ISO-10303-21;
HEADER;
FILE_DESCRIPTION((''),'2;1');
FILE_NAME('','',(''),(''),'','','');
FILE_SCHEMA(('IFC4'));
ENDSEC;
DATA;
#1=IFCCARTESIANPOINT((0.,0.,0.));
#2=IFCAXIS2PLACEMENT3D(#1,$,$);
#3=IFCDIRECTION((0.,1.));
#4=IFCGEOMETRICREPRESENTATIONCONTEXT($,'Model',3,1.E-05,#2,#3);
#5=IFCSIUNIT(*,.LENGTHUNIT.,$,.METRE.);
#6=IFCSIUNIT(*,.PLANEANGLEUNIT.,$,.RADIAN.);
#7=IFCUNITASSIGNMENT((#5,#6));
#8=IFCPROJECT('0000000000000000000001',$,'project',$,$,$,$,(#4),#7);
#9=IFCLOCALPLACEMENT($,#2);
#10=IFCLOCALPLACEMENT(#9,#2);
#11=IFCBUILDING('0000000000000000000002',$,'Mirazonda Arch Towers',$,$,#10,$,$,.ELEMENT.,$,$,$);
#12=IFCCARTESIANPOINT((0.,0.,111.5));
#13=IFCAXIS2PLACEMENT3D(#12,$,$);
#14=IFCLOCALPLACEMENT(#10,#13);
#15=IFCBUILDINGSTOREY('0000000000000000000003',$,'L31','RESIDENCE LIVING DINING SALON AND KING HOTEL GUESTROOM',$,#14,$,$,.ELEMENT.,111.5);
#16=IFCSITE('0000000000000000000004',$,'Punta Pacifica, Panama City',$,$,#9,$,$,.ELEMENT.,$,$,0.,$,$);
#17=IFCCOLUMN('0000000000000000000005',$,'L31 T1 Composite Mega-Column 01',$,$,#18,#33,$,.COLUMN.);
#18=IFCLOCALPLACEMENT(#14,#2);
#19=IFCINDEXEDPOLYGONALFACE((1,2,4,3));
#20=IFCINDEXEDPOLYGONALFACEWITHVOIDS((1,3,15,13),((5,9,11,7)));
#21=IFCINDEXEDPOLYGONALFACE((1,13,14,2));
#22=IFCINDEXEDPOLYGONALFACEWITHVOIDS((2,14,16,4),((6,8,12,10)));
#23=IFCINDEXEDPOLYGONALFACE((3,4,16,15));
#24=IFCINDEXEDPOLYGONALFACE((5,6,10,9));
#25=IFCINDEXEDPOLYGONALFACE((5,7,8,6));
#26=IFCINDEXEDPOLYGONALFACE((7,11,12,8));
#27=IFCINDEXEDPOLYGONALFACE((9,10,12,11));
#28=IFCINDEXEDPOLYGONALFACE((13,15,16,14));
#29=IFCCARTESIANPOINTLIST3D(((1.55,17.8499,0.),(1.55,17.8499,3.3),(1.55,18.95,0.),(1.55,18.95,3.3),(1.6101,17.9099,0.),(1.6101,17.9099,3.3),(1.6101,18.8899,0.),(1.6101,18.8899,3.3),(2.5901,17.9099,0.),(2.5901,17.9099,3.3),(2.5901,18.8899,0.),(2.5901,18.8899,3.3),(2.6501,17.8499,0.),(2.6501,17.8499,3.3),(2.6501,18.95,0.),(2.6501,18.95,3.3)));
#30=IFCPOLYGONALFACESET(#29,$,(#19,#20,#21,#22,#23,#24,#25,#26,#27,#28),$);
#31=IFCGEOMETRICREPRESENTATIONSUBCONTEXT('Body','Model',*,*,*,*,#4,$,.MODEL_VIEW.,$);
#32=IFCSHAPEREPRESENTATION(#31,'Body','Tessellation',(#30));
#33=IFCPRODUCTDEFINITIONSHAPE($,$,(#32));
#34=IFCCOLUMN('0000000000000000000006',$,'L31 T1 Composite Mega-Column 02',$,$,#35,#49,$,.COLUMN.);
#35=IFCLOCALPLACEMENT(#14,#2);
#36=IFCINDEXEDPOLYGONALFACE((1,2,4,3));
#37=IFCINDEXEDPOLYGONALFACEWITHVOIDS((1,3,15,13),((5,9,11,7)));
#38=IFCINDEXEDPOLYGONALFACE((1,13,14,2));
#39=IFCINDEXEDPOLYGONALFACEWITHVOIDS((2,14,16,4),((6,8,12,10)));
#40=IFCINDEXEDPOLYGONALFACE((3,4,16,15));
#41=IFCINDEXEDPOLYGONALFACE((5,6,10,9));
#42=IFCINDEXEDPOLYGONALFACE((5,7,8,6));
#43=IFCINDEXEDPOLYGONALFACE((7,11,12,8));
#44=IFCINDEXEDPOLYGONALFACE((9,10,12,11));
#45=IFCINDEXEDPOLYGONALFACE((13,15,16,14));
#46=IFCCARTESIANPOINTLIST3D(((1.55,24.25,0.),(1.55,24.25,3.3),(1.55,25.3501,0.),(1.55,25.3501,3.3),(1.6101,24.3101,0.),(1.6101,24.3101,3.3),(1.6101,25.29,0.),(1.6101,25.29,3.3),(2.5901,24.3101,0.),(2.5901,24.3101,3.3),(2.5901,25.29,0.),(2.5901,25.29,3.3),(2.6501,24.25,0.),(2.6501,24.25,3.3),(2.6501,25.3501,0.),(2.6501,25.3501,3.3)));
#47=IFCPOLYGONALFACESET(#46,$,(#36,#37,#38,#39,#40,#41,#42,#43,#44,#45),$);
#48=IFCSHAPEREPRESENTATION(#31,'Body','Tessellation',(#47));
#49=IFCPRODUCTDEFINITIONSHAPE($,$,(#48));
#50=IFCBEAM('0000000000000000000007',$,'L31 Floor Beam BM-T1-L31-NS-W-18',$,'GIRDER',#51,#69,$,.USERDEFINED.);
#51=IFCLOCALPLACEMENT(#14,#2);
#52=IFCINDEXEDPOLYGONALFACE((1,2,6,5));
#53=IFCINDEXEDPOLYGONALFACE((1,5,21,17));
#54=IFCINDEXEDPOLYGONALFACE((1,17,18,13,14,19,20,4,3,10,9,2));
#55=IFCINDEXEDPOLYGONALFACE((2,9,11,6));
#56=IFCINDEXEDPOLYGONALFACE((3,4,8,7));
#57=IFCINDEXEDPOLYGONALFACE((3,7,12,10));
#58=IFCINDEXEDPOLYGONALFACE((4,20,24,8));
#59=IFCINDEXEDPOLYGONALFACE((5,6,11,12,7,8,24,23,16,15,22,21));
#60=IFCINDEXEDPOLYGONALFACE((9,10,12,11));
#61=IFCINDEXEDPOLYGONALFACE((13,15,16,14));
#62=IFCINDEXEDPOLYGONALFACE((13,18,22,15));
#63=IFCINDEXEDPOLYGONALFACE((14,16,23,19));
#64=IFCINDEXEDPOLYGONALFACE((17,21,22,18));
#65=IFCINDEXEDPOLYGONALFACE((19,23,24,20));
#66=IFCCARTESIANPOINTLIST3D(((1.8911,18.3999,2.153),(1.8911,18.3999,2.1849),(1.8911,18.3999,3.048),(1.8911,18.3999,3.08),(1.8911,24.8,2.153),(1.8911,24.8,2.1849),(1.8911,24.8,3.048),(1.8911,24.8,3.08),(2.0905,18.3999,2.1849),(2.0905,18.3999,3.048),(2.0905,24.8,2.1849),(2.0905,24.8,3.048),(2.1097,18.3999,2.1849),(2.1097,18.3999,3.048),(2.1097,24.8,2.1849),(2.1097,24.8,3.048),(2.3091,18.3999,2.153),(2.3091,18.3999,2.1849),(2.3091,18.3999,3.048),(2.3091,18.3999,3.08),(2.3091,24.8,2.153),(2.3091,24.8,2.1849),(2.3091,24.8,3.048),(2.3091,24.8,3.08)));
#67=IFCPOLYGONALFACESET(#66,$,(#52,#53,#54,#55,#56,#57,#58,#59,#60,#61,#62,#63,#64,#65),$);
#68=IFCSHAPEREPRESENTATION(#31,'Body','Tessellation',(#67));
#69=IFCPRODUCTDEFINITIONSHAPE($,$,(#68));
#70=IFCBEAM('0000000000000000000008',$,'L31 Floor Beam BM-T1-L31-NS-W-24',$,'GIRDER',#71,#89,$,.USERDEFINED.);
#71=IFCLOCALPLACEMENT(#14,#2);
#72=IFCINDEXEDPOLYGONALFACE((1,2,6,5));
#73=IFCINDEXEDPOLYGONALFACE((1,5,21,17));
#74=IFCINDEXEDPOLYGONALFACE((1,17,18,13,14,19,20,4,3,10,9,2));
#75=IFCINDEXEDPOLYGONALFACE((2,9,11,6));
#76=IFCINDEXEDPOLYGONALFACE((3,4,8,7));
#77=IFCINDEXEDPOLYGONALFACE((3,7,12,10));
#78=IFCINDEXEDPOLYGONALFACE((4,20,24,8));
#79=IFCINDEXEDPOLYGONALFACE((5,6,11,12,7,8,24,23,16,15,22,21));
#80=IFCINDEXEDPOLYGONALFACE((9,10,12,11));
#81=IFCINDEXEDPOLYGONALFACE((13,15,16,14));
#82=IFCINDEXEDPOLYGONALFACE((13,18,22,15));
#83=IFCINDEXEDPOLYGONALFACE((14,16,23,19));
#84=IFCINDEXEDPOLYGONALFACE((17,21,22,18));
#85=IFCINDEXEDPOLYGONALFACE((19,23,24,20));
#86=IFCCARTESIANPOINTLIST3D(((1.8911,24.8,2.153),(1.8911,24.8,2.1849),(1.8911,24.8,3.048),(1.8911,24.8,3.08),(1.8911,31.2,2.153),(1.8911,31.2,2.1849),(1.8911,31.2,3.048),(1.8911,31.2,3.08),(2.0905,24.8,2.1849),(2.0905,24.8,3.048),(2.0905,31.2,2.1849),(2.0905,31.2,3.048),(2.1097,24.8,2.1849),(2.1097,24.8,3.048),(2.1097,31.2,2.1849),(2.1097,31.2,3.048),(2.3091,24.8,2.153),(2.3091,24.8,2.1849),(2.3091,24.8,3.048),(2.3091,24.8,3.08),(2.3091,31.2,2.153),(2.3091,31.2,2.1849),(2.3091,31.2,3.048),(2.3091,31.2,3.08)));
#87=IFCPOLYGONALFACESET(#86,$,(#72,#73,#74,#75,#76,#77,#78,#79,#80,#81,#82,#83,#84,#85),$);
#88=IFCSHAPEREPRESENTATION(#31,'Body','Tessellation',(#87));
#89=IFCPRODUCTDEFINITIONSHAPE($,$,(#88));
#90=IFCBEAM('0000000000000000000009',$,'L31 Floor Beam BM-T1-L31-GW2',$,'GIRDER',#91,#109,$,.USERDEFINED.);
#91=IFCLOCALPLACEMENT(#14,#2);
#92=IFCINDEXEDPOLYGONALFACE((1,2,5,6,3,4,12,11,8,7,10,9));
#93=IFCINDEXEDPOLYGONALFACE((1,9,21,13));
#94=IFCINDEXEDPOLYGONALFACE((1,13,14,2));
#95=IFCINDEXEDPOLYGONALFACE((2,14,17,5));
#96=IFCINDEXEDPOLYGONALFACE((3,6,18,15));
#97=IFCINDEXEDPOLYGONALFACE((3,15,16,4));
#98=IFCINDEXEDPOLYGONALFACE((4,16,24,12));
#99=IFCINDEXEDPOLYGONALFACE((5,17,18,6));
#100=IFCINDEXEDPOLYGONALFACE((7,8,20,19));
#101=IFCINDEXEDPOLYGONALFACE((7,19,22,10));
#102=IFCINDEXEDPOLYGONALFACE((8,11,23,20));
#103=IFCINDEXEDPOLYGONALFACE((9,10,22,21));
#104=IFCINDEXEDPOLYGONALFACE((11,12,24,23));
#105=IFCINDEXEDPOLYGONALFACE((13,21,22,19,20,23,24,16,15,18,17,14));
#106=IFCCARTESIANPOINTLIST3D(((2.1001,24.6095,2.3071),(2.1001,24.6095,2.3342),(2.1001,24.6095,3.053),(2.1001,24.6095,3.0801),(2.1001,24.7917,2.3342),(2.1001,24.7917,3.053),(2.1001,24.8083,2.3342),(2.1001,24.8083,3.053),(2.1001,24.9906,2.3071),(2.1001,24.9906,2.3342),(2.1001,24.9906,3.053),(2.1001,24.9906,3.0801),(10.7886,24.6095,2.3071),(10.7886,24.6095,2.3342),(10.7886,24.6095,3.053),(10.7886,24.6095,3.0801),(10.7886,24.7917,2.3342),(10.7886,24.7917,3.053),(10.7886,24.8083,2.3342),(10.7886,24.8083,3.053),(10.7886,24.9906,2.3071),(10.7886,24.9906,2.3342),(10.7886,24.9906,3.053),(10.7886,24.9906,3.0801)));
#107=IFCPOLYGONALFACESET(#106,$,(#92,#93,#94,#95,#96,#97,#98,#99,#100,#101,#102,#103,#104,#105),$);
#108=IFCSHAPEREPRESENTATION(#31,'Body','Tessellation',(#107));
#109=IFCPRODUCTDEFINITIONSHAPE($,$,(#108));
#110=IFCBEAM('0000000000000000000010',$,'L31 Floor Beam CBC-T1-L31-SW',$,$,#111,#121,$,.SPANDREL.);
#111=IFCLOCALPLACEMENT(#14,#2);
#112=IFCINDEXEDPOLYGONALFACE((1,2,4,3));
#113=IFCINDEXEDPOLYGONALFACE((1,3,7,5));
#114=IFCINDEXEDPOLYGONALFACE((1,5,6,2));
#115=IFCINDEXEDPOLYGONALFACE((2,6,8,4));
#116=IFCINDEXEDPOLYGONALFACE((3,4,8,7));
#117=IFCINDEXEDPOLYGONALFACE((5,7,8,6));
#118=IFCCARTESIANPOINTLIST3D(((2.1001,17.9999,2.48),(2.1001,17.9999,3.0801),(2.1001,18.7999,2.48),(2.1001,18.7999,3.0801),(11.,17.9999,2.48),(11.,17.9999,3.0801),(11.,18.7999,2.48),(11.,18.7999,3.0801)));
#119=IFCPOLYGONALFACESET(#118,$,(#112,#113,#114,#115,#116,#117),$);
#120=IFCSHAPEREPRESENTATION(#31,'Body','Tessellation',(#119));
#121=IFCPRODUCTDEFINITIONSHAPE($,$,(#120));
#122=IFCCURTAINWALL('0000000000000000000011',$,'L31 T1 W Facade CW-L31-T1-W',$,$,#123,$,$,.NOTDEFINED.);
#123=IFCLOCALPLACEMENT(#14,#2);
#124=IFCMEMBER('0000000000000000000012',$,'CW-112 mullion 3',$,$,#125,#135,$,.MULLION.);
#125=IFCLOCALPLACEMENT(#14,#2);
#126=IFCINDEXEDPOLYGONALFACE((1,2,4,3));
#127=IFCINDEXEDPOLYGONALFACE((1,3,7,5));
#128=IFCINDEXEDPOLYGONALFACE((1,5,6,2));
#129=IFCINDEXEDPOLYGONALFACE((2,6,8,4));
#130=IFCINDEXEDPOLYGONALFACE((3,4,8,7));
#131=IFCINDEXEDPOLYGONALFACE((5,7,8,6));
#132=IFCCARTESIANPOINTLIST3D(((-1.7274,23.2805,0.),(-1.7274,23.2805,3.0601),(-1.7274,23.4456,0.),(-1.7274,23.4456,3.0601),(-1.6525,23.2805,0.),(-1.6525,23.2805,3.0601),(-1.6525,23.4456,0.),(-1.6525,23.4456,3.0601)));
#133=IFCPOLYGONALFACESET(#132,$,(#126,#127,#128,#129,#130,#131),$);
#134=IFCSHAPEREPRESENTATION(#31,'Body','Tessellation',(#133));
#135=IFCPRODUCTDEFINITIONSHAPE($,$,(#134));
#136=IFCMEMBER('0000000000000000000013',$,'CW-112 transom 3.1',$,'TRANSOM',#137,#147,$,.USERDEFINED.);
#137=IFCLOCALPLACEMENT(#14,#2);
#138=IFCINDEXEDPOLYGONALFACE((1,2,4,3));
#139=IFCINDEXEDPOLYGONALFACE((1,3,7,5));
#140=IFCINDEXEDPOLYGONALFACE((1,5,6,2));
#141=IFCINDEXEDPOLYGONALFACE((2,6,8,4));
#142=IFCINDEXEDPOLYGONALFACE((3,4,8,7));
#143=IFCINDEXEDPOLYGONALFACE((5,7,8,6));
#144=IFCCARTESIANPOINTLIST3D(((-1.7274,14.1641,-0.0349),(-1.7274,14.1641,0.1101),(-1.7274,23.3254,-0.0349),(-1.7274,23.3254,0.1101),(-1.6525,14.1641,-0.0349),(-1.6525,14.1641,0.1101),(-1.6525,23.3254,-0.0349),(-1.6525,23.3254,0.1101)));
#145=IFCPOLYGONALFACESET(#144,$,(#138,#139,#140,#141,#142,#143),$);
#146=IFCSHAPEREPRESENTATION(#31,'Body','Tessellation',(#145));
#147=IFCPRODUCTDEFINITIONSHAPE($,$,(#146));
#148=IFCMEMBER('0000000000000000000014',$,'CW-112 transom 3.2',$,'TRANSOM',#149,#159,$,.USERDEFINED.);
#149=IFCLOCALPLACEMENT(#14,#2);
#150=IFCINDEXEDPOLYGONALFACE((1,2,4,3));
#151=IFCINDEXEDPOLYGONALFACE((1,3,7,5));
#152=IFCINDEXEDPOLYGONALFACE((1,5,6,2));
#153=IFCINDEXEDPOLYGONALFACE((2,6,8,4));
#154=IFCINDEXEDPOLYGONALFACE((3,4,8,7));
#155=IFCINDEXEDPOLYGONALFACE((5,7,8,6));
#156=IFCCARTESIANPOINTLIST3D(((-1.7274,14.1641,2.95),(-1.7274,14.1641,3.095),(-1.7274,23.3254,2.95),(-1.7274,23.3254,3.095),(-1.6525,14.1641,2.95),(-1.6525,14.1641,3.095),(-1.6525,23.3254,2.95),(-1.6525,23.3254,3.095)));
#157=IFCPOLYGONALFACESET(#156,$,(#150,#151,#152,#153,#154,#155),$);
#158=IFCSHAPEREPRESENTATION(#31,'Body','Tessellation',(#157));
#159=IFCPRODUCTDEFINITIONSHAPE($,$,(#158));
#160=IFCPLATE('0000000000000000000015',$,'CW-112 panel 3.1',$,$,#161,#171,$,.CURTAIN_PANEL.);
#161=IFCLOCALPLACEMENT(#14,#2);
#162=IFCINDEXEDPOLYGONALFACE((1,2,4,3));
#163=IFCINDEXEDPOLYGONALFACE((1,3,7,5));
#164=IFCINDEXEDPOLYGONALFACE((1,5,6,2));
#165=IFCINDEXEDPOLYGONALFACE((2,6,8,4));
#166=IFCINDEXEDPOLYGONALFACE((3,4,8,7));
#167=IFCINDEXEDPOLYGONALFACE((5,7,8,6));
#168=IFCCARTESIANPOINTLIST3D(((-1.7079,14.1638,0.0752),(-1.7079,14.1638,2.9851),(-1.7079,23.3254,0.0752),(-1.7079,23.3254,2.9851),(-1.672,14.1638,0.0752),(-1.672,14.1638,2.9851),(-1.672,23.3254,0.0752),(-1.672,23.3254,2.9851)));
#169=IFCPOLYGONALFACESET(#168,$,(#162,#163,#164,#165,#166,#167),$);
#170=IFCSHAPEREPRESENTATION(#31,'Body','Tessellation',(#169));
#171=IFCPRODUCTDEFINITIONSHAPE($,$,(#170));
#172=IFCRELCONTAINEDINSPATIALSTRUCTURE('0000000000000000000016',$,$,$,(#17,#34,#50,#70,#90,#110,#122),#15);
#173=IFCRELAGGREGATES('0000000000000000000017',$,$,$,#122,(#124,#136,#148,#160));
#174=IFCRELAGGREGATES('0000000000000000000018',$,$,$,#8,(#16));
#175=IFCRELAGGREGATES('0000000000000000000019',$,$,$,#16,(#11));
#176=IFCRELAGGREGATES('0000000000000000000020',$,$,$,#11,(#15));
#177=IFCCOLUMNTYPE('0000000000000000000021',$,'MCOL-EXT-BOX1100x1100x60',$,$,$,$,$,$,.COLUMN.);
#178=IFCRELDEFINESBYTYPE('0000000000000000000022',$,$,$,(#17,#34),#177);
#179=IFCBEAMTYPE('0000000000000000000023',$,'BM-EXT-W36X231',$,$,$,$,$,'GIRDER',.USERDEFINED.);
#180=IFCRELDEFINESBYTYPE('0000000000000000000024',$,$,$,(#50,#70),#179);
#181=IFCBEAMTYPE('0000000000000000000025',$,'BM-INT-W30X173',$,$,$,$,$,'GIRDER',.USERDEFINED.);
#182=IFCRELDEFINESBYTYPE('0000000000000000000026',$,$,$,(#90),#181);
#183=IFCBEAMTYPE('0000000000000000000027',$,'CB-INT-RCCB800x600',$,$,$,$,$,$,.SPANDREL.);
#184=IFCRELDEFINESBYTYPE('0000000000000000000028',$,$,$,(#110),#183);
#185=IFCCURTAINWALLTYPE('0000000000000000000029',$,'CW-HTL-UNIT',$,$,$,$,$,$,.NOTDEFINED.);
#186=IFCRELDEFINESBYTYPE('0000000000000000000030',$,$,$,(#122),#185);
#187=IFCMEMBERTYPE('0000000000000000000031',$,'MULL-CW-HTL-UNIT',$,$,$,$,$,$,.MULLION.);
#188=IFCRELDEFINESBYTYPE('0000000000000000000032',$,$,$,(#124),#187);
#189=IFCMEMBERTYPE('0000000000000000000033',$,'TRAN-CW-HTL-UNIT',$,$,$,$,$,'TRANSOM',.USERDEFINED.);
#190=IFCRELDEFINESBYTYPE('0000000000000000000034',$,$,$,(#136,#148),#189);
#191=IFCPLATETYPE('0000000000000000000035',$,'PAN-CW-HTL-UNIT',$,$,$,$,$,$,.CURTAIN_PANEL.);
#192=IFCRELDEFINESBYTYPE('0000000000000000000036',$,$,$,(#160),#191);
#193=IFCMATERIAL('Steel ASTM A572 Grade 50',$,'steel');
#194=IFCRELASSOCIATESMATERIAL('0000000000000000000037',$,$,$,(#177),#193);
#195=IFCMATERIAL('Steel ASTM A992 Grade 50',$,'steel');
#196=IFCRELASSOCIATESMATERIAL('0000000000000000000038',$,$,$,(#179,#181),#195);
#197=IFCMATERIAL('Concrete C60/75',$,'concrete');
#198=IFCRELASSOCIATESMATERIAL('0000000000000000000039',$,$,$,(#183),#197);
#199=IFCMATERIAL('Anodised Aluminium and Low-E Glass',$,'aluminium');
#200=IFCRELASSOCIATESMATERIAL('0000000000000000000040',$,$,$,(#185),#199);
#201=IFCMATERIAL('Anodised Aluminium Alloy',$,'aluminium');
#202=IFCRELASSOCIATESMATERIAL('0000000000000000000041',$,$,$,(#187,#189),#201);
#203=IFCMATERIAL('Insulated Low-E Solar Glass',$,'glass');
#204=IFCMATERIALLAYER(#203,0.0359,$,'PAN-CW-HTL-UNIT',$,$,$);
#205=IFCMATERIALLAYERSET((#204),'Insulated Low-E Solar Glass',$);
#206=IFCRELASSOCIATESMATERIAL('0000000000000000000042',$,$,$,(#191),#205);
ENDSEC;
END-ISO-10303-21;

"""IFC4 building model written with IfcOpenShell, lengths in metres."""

from ifc_helpers import new_model, si_unit, direction, frame, origin, origin_2d, place, context, subcontext, project, spatial, rectangle, hollow_rectangle, i_section, extrude, material, layer, layer_set, material_profile, profile_set, type_object, element, aggregate, save


model = new_model("IFC4")

# Units and contexts
model_context = context("Model", 3, precision=1e-05, world=origin(), true_north=direction((0.0, 1.0)))
body_context = subcontext(model_context, "Body", "Model", "MODEL_VIEW")
ifc_project = project(units=[si_unit("LENGTHUNIT", "METRE"), si_unit("PLANEANGLEUNIT", "RADIAN")], contexts=[model_context])

# Site, building, storey
site_placement = place(None, origin())
site = spatial("IfcSite", under=ifc_project, at=site_placement, Name="Punta Pacifica, Panama City", CompositionType="ELEMENT", RefElevation=0.0)
building_placement = place(site_placement, origin())
building = spatial("IfcBuilding", under=site, at=building_placement, Name="Mirazonda Arch Towers", CompositionType="ELEMENT")
storey_placement = place(building_placement, frame((0.0, 0.0, 111.5)))
storey = spatial("IfcBuildingStorey", under=building, at=storey_placement, Name="L31", Description="RESIDENCE LIVING DINING SALON AND KING HOTEL GUESTROOM", CompositionType="ELEMENT", Elevation=111.5)

# Columns
ifc_material_1 = material(Name="Steel ASTM A572 Grade 50", Category="steel")
ifc_material_profile_1 = material_profile(ifc_material_1, hollow_rectangle(XDim=1.1001, YDim=1.1001, WallThickness=0.0601, at=origin_2d()), Name="BOX1100x1100x60")
ifc_profile_set_1 = profile_set([ifc_material_profile_1], Name="Steel ASTM A572 Grade 50")
column_type = type_object("IfcColumnType", Name="MCOL-EXT-BOX1100x1100x60", PredefinedType="COLUMN", material=ifc_profile_set_1)
for number, where, z_axis, x_axis, name in (
    (1, (2.1001, 18.3999, 0.0), (0.0, 0.0, 1.0), (1.0, 0.0, 0.0), "L31 T1 Composite Mega-Column 01"),
    (2, (2.1001, 24.8, 0.0), (0.0, 0.0, 1.0), (1.0, 0.0, 0.0), "L31 T1 Composite Mega-Column 02"),
):
    element("IfcColumn", number, at=place(storey_placement, frame(where, z_axis=z_axis, x_axis=x_axis)), inside=storey, type_object=column_type, Name=name, PredefinedType="COLUMN", context=body_context, shape_type="SweptSolid", body=[
        extrude(hollow_rectangle(XDim=1.1001, YDim=1.1001, WallThickness=0.0601, at=origin_2d()), origin(), (0.0, 0.0, 1.0), 3.3),
    ])

# Beams
ifc_material_2 = material(Name="Steel ASTM A992 Grade 50", Category="steel")
ifc_material_profile_2 = material_profile(ifc_material_2, i_section(OverallWidth=0.418, OverallDepth=0.927, WebThickness=0.0193, FlangeThickness=0.032, at=origin_2d()), Name="W36X231")
ifc_profile_set_2 = profile_set([ifc_material_profile_2], Name="Steel ASTM A992 Grade 50")
beam_type_1 = type_object("IfcBeamType", Name="BM-EXT-W36X231", ElementType="GIRDER", PredefinedType="USERDEFINED", material=ifc_profile_set_2)
beam_1_placement = place(storey_placement, frame((2.1001, 18.3999, 2.6165), z_axis=(0.0, 1.0, 0.0), x_axis=(-1.0, 0.0, 0.0)))
element("IfcBeam", 3, at=beam_1_placement, inside=storey, type_object=beam_type_1, Name="L31 Floor Beam BM-T1-L31-NS-W-18", ObjectType="GIRDER", PredefinedType="USERDEFINED", context=body_context, shape_type="SweptSolid", body=[
    extrude(i_section(OverallWidth=0.418, OverallDepth=0.927, WebThickness=0.0193, FlangeThickness=0.032, at=origin_2d()), origin(), (0.0, 0.0, 1.0), 6.4001),
])
beam_2_placement = place(storey_placement, frame((2.1001, 24.8, 2.6165), z_axis=(0.0, 1.0, 0.0), x_axis=(-1.0, 0.0, 0.0)))
element("IfcBeam", 4, at=beam_2_placement, inside=storey, type_object=beam_type_1, Name="L31 Floor Beam BM-T1-L31-NS-W-24", ObjectType="GIRDER", PredefinedType="USERDEFINED", context=body_context, shape_type="SweptSolid", body=[
    extrude(i_section(OverallWidth=0.418, OverallDepth=0.927, WebThickness=0.0193, FlangeThickness=0.032, at=origin_2d()), origin(), (0.0, 0.0, 1.0), 6.3999),
])
ifc_material_profile_3 = material_profile(ifc_material_2, i_section(OverallWidth=0.3811, OverallDepth=0.7729, WebThickness=0.0166, FlangeThickness=0.0271, at=origin_2d()), Name="W30X173")
ifc_profile_set_3 = profile_set([ifc_material_profile_3], Name="Steel ASTM A992 Grade 50")
beam_type_2 = type_object("IfcBeamType", Name="BM-INT-W30X173", ElementType="GIRDER", PredefinedType="USERDEFINED", material=ifc_profile_set_3)
beam_3_placement = place(storey_placement, frame((2.1001, 24.8, 2.6936), z_axis=(1.0, 0.0, 0.0), x_axis=(0.0, 1.0, 0.0)))
element("IfcBeam", 5, at=beam_3_placement, inside=storey, type_object=beam_type_2, Name="L31 Floor Beam BM-T1-L31-GW2", ObjectType="GIRDER", PredefinedType="USERDEFINED", context=body_context, shape_type="SweptSolid", body=[
    extrude(i_section(OverallWidth=0.3811, OverallDepth=0.7729, WebThickness=0.0166, FlangeThickness=0.0271, at=origin_2d()), origin(), (0.0, 0.0, 1.0), 8.6885),
])
ifc_material_3 = material(Name="Concrete C60/75", Category="concrete")
ifc_material_profile_4 = material_profile(ifc_material_3, rectangle(XDim=0.8, YDim=0.6001, at=origin_2d()), Name="RCCB800x600")
ifc_profile_set_4 = profile_set([ifc_material_profile_4], Name="Concrete C60/75")
beam_type_3 = type_object("IfcBeamType", Name="CB-INT-RCCB800x600", PredefinedType="SPANDREL", material=ifc_profile_set_4)
beam_4_placement = place(storey_placement, frame((2.1001, 18.3999, 2.78), z_axis=(1.0, 0.0, 0.0), x_axis=(0.0, 1.0, 0.0)))
element("IfcBeam", 6, at=beam_4_placement, inside=storey, type_object=beam_type_3, Name="L31 Floor Beam CBC-T1-L31-SW", PredefinedType="SPANDREL", context=body_context, shape_type="SweptSolid", body=[
    extrude(rectangle(XDim=0.8, YDim=0.6001, at=origin_2d()), origin(), (0.0, 0.0, 1.0), 8.8999),
])

# Curtain wall, members, plate
ifc_material_4 = material(Name="Anodised Aluminium and Low-E Glass", Category="aluminium")
curtain_wall_type = type_object("IfcCurtainWallType", Name="CW-HTL-UNIT", PredefinedType="NOTDEFINED", material=ifc_material_4)
curtain_wall_placement = place(storey_placement, origin())
curtain_wall = element("IfcCurtainWall", 7, at=curtain_wall_placement, inside=storey, type_object=curtain_wall_type, Name="L31 T1 W Facade CW-L31-T1-W", PredefinedType="NOTDEFINED")
ifc_material_5 = material(Name="Anodised Aluminium Alloy", Category="aluminium")
ifc_material_profile_5 = material_profile(ifc_material_5, rectangle(XDim=0.075, YDim=0.165, at=origin_2d()), Name="ALU-MULL-75x165")
ifc_profile_set_5 = profile_set([ifc_material_profile_5], Name="Anodised Aluminium Alloy")
member_type_1 = type_object("IfcMemberType", Name="MULL-CW-HTL-UNIT", PredefinedType="MULLION", material=ifc_profile_set_5)
member_1_placement = place(storey_placement, frame((-1.6899, 23.363, 0.0), z_axis=(0.0, 0.0, 1.0), x_axis=(1.0, 0.0, 0.0)))
member_1 = element("IfcMember", 8, at=member_1_placement, type_object=member_type_1, Name="CW-112 mullion 3", PredefinedType="MULLION", context=body_context, shape_type="SweptSolid", body=[
    extrude(rectangle(XDim=0.075, YDim=0.165, at=origin_2d()), origin(), (0.0, 0.0, 1.0), 3.0601),
])
ifc_material_profile_6 = material_profile(ifc_material_5, rectangle(XDim=0.075, YDim=0.145, at=origin_2d()), Name="ALU-TRAN-75x145")
ifc_profile_set_6 = profile_set([ifc_material_profile_6], Name="Anodised Aluminium Alloy")
member_type_2 = type_object("IfcMemberType", Name="TRAN-CW-HTL-UNIT", ElementType="TRANSOM", PredefinedType="USERDEFINED", material=ifc_profile_set_6)
member_2_placement = place(storey_placement, frame((-1.6899, 23.3254, 0.0376), z_axis=(0.0, -1.0, 0.0), x_axis=(1.0, 0.0, 0.0)))
member_2 = element("IfcMember", 9, at=member_2_placement, type_object=member_type_2, Name="CW-112 transom 3.1", ObjectType="TRANSOM", PredefinedType="USERDEFINED", context=body_context, shape_type="SweptSolid", body=[
    extrude(rectangle(XDim=0.075, YDim=0.145, at=origin_2d()), origin(), (0.0, 0.0, 1.0), 9.1614),
])
member_3_placement = place(storey_placement, frame((-1.6899, 23.3254, 3.0225), z_axis=(0.0, -1.0, 0.0), x_axis=(1.0, 0.0, 0.0)))
member_3 = element("IfcMember", 10, at=member_3_placement, type_object=member_type_2, Name="CW-112 transom 3.2", ObjectType="TRANSOM", PredefinedType="USERDEFINED", context=body_context, shape_type="SweptSolid", body=[
    extrude(rectangle(XDim=0.075, YDim=0.145, at=origin_2d()), origin(), (0.0, 0.0, 1.0), 9.1614),
])
ifc_material_6 = material(Name="Insulated Low-E Solar Glass", Category="glass")
ifc_layer_1 = layer(ifc_material_6, 0.0359, Name="PAN-CW-HTL-UNIT")
ifc_layer_set_1 = layer_set([ifc_layer_1], Name="Insulated Low-E Solar Glass")
plate_type = type_object("IfcPlateType", Name="PAN-CW-HTL-UNIT", PredefinedType="CURTAIN_PANEL", material=ifc_layer_set_1)
plate_placement = place(storey_placement, frame((-1.6899, 18.7446, 0.0752), z_axis=(0.0, 0.0, 1.0), x_axis=(0.0, -1.0, 0.0)))
plate = element("IfcPlate", 11, at=plate_placement, type_object=plate_type, Name="CW-112 panel 3.1", PredefinedType="CURTAIN_PANEL", context=body_context, shape_type="SweptSolid", body=[
    extrude(rectangle(XDim=9.1616, YDim=0.0359, at=origin_2d()), origin(), (0.0, 0.0, 1.0), 2.9099),
])
aggregate(curtain_wall, [member_1, member_2, member_3, plate])

save(model, "model.ifc")
